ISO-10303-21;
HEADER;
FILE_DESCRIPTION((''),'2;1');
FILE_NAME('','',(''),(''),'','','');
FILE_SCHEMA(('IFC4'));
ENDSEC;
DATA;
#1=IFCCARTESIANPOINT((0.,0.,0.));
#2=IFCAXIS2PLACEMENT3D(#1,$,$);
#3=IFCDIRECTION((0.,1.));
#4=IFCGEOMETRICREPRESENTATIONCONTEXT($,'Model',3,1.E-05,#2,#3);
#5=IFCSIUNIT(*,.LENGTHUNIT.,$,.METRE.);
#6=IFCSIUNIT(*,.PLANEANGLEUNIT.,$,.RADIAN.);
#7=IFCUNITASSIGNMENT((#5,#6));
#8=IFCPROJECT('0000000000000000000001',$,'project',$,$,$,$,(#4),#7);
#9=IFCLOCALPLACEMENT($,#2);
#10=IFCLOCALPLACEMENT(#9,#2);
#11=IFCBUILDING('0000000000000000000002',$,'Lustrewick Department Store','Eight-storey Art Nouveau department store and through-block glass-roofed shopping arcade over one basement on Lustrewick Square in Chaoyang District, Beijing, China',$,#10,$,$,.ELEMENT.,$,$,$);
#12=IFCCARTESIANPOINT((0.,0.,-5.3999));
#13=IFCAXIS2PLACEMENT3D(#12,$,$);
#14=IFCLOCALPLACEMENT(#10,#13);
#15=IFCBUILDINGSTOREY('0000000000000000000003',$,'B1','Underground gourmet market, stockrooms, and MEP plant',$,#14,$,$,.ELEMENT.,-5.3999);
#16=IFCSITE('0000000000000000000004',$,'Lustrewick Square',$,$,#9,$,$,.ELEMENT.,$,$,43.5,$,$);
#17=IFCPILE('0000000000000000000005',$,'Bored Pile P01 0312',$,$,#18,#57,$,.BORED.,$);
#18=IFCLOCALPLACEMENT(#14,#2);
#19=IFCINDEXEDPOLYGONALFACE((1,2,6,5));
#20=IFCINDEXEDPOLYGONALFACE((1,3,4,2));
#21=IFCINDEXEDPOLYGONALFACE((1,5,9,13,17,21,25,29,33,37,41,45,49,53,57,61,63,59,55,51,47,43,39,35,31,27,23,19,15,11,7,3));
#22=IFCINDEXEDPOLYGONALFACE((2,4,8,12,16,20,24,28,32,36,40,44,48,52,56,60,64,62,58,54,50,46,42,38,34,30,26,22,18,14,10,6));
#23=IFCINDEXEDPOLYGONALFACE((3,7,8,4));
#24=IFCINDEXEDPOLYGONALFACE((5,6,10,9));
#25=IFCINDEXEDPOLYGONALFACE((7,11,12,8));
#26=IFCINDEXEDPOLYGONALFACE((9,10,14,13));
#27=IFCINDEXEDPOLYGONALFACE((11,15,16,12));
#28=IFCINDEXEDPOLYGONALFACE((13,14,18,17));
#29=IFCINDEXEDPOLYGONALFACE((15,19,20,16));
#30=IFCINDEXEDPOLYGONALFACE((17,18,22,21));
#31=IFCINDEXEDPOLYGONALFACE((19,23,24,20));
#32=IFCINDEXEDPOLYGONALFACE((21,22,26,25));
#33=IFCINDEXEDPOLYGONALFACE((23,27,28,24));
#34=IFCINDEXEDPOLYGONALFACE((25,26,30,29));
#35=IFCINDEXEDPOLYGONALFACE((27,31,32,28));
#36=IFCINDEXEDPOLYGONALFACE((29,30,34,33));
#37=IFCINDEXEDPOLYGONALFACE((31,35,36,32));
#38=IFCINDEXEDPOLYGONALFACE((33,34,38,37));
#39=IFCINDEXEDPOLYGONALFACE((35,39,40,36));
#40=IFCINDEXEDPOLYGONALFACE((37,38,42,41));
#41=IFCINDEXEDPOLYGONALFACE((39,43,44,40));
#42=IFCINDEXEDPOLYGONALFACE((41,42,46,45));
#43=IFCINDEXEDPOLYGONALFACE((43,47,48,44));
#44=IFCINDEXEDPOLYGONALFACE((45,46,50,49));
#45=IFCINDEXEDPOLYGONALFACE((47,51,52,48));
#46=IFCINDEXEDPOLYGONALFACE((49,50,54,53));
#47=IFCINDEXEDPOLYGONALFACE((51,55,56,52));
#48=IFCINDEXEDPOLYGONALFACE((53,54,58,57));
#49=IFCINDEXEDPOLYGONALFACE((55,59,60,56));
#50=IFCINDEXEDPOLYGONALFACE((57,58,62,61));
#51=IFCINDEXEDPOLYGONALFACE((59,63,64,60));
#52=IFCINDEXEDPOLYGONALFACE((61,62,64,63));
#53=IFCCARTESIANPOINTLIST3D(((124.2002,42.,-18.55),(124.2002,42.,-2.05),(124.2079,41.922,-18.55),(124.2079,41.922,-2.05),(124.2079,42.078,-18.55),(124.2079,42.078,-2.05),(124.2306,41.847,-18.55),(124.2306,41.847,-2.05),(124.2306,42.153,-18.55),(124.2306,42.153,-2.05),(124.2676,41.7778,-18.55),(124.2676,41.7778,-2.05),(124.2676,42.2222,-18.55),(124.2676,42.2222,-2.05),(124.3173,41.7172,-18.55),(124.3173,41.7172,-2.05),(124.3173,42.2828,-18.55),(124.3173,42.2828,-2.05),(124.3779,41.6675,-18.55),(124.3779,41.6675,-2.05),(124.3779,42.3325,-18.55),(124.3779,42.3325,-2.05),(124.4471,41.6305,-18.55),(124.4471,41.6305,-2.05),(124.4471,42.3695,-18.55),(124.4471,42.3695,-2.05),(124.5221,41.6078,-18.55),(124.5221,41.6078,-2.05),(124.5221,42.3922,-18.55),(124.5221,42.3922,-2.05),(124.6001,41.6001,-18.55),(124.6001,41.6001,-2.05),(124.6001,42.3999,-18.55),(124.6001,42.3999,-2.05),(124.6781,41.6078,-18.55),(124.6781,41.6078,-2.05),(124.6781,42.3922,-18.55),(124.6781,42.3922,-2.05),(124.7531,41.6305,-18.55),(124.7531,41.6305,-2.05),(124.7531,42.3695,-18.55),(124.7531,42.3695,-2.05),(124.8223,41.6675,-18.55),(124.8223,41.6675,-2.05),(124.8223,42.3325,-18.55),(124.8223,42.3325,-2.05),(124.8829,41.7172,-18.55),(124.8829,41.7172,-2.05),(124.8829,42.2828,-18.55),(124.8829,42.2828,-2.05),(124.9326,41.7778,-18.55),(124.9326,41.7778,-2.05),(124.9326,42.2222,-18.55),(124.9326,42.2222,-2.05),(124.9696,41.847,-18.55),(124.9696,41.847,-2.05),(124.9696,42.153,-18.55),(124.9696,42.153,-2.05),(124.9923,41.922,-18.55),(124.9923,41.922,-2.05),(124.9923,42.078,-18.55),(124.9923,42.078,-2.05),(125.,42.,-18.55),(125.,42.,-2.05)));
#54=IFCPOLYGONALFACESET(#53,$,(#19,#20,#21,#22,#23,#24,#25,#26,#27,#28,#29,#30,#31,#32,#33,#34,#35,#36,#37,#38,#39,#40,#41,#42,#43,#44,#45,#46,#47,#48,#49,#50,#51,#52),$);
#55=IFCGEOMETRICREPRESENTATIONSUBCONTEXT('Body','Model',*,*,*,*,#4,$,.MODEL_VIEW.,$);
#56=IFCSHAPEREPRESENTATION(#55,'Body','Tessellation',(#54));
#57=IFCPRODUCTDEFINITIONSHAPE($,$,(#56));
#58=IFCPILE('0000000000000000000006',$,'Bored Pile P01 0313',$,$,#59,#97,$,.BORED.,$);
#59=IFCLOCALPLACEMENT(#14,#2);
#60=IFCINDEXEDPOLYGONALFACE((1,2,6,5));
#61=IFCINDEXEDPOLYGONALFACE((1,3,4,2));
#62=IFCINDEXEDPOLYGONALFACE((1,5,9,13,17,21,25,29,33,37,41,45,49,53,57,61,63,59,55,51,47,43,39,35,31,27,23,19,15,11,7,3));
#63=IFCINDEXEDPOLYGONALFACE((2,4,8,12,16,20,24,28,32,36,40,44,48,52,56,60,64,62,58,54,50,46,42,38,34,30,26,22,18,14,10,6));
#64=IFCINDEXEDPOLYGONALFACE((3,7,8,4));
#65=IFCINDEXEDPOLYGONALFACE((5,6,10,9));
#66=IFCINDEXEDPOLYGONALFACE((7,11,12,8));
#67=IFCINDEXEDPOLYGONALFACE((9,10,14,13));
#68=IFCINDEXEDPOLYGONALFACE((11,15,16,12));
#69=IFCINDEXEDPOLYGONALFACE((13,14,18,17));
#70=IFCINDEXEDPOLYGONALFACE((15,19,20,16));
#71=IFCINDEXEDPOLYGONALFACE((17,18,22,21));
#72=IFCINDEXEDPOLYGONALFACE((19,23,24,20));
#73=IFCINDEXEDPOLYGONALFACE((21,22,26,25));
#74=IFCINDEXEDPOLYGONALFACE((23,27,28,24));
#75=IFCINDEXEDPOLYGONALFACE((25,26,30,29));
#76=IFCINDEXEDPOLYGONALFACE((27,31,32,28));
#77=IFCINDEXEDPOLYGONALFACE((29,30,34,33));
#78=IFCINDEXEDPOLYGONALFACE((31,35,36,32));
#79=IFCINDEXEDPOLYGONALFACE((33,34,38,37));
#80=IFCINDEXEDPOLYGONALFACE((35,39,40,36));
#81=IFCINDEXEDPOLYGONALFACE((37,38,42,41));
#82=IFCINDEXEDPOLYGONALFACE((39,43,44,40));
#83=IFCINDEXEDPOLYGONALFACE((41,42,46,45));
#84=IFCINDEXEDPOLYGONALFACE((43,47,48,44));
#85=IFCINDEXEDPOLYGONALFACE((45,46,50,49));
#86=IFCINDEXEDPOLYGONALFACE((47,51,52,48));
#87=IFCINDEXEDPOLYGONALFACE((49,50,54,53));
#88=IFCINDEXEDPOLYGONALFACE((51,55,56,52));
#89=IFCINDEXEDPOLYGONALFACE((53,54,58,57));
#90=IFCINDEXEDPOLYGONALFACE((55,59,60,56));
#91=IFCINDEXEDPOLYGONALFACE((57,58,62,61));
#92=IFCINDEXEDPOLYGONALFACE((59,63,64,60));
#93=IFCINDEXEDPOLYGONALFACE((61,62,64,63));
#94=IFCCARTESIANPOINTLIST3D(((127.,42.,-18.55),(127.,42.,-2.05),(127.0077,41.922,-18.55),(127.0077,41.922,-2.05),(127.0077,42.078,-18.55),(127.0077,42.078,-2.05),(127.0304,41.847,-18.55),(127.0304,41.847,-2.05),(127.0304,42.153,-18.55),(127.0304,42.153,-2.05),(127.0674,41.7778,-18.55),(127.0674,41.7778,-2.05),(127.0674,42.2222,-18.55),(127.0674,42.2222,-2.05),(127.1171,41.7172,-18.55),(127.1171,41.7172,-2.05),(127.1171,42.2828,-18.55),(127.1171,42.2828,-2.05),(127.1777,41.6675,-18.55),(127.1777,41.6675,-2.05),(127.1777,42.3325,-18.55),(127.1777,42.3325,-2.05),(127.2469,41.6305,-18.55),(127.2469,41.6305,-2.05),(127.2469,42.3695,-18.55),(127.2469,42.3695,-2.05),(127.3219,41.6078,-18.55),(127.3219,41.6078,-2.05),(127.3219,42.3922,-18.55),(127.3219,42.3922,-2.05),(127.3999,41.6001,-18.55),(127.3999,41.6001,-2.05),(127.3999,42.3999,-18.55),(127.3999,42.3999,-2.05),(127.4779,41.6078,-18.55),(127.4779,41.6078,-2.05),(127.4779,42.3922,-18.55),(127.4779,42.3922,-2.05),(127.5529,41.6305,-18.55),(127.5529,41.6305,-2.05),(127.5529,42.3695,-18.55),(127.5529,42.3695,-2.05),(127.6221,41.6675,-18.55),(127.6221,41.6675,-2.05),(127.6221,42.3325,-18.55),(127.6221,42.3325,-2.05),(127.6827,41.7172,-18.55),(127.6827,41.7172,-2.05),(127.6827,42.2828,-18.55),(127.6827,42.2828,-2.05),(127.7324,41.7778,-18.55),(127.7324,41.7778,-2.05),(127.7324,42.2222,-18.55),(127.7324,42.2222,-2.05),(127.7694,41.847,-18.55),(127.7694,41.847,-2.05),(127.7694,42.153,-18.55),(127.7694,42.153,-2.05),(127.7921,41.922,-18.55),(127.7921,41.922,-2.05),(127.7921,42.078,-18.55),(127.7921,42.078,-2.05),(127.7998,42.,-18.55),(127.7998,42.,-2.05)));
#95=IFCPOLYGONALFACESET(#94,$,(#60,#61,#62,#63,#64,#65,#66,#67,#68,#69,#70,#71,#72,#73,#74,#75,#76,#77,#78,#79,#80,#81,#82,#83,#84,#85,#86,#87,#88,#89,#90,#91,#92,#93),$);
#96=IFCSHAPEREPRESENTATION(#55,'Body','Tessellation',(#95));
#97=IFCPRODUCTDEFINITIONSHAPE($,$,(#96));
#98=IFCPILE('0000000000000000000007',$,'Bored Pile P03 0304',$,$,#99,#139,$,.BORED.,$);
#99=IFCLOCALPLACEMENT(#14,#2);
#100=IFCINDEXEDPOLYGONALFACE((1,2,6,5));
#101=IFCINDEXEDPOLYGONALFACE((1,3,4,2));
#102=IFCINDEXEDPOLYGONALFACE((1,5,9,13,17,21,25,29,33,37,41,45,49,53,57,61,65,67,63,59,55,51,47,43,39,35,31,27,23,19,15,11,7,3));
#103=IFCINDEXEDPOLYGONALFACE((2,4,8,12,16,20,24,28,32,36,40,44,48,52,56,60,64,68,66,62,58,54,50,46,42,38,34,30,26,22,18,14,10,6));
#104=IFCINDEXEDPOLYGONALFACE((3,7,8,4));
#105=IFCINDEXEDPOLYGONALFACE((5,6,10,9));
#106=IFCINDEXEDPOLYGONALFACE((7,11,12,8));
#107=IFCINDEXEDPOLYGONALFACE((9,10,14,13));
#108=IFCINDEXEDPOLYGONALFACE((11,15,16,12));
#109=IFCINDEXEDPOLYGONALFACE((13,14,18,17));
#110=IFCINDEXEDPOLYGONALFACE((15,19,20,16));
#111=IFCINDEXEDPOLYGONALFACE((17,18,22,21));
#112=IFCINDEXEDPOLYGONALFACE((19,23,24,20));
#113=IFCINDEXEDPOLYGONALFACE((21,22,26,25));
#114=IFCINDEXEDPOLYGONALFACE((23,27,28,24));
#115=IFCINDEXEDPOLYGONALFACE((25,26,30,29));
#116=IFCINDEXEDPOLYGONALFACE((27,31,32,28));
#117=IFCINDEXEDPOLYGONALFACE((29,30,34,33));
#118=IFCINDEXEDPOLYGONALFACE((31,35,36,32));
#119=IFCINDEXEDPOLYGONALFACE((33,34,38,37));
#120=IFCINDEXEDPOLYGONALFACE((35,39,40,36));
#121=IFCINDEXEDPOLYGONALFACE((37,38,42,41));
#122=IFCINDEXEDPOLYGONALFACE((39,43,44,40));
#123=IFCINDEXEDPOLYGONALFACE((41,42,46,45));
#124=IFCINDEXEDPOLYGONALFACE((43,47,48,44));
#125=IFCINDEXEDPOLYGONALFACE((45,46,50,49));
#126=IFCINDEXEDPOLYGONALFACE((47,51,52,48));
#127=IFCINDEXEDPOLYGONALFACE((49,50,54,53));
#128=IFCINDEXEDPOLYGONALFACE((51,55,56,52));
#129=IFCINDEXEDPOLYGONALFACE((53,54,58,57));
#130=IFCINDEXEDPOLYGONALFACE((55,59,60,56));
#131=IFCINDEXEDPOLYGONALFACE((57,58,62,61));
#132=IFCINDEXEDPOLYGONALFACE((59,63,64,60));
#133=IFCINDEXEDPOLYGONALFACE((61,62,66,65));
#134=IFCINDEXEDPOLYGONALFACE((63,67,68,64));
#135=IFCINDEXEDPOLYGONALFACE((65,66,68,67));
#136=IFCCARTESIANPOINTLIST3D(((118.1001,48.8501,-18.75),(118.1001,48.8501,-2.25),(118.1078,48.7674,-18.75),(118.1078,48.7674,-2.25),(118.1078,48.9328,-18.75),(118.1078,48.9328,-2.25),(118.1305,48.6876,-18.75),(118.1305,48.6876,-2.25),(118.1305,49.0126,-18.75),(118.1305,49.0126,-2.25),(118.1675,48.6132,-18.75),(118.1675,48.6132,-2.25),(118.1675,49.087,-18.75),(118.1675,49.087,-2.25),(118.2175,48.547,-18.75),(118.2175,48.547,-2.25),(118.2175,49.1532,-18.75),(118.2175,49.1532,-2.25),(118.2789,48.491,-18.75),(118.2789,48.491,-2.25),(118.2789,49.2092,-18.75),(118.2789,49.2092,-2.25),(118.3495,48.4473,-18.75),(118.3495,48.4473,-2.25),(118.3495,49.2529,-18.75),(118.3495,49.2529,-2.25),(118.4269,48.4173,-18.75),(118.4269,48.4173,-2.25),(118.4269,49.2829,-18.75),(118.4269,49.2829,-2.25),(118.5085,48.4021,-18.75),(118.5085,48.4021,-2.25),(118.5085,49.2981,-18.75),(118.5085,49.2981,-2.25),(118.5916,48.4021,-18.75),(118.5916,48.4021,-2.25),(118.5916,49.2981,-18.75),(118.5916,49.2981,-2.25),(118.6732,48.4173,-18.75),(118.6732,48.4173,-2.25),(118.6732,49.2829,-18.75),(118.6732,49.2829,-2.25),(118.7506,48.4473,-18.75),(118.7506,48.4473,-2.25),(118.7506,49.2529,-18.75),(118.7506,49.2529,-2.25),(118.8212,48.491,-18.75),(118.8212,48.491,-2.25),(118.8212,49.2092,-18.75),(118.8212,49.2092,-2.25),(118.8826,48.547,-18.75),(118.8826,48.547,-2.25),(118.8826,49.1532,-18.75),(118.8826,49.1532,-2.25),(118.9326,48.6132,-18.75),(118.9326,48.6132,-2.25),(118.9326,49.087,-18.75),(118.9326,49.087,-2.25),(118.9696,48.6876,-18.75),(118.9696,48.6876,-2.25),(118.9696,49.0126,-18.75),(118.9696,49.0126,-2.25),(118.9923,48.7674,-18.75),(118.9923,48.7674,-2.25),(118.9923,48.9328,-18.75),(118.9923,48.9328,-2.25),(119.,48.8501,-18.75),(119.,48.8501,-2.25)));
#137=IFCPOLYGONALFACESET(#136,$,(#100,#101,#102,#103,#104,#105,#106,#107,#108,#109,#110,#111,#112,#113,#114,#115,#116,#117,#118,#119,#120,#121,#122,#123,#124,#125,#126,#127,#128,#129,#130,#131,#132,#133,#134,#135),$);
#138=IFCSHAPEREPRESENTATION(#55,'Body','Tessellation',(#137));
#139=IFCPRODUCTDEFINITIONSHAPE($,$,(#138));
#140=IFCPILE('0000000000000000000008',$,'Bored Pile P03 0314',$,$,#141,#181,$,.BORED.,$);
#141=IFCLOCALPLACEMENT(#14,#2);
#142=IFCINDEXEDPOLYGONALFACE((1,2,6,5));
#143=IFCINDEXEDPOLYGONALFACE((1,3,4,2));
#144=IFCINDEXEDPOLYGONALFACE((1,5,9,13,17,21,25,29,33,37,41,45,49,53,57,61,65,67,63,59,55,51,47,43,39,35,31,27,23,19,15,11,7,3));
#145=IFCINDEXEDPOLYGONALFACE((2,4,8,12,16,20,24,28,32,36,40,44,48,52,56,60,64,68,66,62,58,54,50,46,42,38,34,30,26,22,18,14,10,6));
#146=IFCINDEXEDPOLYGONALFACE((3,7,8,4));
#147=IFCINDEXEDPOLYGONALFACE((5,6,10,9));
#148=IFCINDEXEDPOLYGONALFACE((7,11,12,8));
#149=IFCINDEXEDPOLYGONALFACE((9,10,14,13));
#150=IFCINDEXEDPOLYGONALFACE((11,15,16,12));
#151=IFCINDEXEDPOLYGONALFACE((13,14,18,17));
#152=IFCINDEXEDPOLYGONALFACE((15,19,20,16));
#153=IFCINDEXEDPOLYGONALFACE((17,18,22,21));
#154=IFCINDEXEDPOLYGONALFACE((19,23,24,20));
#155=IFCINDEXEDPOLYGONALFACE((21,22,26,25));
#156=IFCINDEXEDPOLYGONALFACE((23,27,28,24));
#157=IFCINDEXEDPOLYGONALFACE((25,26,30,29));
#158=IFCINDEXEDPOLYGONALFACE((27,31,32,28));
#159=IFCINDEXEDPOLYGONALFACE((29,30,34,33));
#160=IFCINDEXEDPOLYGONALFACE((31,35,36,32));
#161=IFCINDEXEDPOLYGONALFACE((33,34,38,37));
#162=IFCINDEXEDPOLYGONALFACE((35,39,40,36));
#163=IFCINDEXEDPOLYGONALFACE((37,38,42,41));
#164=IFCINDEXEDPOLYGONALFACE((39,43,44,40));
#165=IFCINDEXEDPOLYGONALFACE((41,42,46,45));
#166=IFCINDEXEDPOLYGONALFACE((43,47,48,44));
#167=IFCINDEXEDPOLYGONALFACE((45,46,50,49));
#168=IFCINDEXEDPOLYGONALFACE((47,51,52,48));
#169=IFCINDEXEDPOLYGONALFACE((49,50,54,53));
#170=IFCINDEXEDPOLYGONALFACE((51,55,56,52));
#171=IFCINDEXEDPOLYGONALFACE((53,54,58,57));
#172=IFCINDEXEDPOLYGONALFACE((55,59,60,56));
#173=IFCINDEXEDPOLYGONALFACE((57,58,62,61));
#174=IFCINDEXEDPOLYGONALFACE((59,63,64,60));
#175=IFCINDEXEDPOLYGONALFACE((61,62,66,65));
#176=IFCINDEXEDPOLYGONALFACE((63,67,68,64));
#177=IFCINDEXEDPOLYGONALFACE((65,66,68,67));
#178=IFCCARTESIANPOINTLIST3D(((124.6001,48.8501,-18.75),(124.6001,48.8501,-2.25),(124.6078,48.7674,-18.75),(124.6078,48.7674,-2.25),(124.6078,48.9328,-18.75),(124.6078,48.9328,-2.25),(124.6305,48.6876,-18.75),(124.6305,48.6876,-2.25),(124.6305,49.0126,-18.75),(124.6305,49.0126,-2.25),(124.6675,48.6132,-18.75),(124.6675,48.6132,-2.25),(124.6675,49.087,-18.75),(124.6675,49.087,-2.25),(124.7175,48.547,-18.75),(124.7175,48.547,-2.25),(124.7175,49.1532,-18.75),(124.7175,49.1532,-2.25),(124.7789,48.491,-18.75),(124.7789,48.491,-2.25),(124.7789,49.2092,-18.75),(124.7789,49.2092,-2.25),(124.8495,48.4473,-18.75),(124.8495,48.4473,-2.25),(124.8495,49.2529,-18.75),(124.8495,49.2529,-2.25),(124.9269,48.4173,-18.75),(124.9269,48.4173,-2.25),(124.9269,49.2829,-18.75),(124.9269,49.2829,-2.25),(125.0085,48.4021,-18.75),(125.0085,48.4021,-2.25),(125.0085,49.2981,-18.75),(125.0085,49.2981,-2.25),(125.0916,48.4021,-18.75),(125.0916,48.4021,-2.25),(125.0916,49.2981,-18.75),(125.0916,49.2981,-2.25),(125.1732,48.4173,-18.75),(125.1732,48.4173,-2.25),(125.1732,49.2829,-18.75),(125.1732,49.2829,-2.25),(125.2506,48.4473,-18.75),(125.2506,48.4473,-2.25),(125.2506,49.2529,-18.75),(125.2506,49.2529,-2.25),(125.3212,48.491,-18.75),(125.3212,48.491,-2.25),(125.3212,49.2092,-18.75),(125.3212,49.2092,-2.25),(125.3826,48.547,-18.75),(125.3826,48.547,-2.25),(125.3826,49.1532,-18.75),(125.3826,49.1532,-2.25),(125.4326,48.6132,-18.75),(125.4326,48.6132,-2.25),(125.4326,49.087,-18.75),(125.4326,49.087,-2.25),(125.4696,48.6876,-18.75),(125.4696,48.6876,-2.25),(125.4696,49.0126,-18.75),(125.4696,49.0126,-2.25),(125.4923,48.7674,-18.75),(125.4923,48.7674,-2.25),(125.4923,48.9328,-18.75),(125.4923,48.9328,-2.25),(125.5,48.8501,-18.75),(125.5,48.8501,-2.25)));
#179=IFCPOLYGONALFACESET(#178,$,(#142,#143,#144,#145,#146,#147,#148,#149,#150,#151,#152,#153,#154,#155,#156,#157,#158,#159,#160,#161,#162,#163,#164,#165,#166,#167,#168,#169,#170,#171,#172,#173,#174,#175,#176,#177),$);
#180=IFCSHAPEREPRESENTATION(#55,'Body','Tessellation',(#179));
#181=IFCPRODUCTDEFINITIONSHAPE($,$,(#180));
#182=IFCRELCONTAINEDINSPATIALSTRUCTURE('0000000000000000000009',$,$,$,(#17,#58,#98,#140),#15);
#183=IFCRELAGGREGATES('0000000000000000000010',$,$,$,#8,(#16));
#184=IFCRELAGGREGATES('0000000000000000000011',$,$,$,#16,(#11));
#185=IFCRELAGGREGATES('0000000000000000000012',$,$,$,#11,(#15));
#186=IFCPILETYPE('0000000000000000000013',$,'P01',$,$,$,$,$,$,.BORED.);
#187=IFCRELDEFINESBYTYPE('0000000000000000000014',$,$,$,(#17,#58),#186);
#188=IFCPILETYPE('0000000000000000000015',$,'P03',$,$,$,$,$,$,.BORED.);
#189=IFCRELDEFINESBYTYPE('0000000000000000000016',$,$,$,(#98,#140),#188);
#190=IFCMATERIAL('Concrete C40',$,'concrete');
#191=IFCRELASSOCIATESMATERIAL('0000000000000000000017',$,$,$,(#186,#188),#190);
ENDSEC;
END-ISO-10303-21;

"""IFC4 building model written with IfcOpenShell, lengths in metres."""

from ifc_helpers import new_model, si_unit, direction, frame, origin, origin_2d, place, context, subcontext, project, spatial, circle, extrude, material, material_profile, profile_set, type_object, element, save


model = new_model("IFC4")

# Units and contexts
model_context = context("Model", 3, precision=1e-05, world=origin(), true_north=direction((0.0, 1.0)))
body_context = subcontext(model_context, "Body", "Model", "MODEL_VIEW")
ifc_project = project(units=[si_unit("LENGTHUNIT", "METRE"), si_unit("PLANEANGLEUNIT", "RADIAN")], contexts=[model_context])

# Site, building, storey
site_placement = place(None, origin())
site = spatial("IfcSite", under=ifc_project, at=site_placement, Name="Lustrewick Square", CompositionType="ELEMENT", RefElevation=43.5)
building_placement = place(site_placement, origin())
building = spatial("IfcBuilding", under=site, at=building_placement, Name="Lustrewick Department Store", Description="Eight-storey Art Nouveau department store and through-block glass-roofed shopping arcade over one basement on Lustrewick Square in Chaoyang District, Beijing, China", CompositionType="ELEMENT")
storey_placement = place(building_placement, frame((0.0, 0.0, -5.3999)))
storey = spatial("IfcBuildingStorey", under=building, at=storey_placement, Name="B1", Description="Underground gourmet market, stockrooms, and MEP plant", CompositionType="ELEMENT", Elevation=-5.3999)

# Piles
ifc_material_1 = material(Name="Concrete C40", Category="concrete")
ifc_material_profile_1 = material_profile(ifc_material_1, circle(Radius=0.3999, at=origin_2d()), Name="PILE D800")
ifc_profile_set_1 = profile_set([ifc_material_profile_1], Name="Concrete C40")
pile_type_1 = type_object("IfcPileType", Name="P01", PredefinedType="BORED", material=ifc_profile_set_1)
for number, where, z_axis, x_axis, name in (
    (1, (124.6001, 42.0, -2.05), (0.0, 0.0, -1.0), (1.0, 0.0, 0.0), "Bored Pile P01 0312"),
    (2, (127.3999, 42.0, -2.05), (0.0, 0.0, -1.0), (1.0, 0.0, 0.0), "Bored Pile P01 0313"),
):
    element("IfcPile", number, at=place(storey_placement, frame(where, z_axis=z_axis, x_axis=x_axis)), inside=storey, type_object=pile_type_1, Name=name, PredefinedType="BORED", context=body_context, shape_type="SweptSolid", body=[
        extrude(circle(Radius=0.3999, at=origin_2d()), origin(), (0.0, 0.0, 1.0), 16.5),
    ])
ifc_material_profile_2 = material_profile(ifc_material_1, circle(Radius=0.45, at=origin_2d()), Name="PILE D900")
ifc_profile_set_2 = profile_set([ifc_material_profile_2], Name="Concrete C40")
pile_type_2 = type_object("IfcPileType", Name="P03", PredefinedType="BORED", material=ifc_profile_set_2)
for number, where, z_axis, x_axis, name in (
    (3, (118.55, 48.8501, -2.25), (0.0, 0.0, -1.0), (1.0, 0.0, 0.0), "Bored Pile P03 0304"),
    (4, (125.05, 48.8501, -2.25), (0.0, 0.0, -1.0), (1.0, 0.0, 0.0), "Bored Pile P03 0314"),
):
    element("IfcPile", number, at=place(storey_placement, frame(where, z_axis=z_axis, x_axis=x_axis)), inside=storey, type_object=pile_type_2, Name=name, PredefinedType="BORED", context=body_context, shape_type="SweptSolid", body=[
        extrude(circle(Radius=0.45, at=origin_2d()), origin(), (0.0, 0.0, 1.0), 16.5),
    ])

save(model, "model.ifc")
